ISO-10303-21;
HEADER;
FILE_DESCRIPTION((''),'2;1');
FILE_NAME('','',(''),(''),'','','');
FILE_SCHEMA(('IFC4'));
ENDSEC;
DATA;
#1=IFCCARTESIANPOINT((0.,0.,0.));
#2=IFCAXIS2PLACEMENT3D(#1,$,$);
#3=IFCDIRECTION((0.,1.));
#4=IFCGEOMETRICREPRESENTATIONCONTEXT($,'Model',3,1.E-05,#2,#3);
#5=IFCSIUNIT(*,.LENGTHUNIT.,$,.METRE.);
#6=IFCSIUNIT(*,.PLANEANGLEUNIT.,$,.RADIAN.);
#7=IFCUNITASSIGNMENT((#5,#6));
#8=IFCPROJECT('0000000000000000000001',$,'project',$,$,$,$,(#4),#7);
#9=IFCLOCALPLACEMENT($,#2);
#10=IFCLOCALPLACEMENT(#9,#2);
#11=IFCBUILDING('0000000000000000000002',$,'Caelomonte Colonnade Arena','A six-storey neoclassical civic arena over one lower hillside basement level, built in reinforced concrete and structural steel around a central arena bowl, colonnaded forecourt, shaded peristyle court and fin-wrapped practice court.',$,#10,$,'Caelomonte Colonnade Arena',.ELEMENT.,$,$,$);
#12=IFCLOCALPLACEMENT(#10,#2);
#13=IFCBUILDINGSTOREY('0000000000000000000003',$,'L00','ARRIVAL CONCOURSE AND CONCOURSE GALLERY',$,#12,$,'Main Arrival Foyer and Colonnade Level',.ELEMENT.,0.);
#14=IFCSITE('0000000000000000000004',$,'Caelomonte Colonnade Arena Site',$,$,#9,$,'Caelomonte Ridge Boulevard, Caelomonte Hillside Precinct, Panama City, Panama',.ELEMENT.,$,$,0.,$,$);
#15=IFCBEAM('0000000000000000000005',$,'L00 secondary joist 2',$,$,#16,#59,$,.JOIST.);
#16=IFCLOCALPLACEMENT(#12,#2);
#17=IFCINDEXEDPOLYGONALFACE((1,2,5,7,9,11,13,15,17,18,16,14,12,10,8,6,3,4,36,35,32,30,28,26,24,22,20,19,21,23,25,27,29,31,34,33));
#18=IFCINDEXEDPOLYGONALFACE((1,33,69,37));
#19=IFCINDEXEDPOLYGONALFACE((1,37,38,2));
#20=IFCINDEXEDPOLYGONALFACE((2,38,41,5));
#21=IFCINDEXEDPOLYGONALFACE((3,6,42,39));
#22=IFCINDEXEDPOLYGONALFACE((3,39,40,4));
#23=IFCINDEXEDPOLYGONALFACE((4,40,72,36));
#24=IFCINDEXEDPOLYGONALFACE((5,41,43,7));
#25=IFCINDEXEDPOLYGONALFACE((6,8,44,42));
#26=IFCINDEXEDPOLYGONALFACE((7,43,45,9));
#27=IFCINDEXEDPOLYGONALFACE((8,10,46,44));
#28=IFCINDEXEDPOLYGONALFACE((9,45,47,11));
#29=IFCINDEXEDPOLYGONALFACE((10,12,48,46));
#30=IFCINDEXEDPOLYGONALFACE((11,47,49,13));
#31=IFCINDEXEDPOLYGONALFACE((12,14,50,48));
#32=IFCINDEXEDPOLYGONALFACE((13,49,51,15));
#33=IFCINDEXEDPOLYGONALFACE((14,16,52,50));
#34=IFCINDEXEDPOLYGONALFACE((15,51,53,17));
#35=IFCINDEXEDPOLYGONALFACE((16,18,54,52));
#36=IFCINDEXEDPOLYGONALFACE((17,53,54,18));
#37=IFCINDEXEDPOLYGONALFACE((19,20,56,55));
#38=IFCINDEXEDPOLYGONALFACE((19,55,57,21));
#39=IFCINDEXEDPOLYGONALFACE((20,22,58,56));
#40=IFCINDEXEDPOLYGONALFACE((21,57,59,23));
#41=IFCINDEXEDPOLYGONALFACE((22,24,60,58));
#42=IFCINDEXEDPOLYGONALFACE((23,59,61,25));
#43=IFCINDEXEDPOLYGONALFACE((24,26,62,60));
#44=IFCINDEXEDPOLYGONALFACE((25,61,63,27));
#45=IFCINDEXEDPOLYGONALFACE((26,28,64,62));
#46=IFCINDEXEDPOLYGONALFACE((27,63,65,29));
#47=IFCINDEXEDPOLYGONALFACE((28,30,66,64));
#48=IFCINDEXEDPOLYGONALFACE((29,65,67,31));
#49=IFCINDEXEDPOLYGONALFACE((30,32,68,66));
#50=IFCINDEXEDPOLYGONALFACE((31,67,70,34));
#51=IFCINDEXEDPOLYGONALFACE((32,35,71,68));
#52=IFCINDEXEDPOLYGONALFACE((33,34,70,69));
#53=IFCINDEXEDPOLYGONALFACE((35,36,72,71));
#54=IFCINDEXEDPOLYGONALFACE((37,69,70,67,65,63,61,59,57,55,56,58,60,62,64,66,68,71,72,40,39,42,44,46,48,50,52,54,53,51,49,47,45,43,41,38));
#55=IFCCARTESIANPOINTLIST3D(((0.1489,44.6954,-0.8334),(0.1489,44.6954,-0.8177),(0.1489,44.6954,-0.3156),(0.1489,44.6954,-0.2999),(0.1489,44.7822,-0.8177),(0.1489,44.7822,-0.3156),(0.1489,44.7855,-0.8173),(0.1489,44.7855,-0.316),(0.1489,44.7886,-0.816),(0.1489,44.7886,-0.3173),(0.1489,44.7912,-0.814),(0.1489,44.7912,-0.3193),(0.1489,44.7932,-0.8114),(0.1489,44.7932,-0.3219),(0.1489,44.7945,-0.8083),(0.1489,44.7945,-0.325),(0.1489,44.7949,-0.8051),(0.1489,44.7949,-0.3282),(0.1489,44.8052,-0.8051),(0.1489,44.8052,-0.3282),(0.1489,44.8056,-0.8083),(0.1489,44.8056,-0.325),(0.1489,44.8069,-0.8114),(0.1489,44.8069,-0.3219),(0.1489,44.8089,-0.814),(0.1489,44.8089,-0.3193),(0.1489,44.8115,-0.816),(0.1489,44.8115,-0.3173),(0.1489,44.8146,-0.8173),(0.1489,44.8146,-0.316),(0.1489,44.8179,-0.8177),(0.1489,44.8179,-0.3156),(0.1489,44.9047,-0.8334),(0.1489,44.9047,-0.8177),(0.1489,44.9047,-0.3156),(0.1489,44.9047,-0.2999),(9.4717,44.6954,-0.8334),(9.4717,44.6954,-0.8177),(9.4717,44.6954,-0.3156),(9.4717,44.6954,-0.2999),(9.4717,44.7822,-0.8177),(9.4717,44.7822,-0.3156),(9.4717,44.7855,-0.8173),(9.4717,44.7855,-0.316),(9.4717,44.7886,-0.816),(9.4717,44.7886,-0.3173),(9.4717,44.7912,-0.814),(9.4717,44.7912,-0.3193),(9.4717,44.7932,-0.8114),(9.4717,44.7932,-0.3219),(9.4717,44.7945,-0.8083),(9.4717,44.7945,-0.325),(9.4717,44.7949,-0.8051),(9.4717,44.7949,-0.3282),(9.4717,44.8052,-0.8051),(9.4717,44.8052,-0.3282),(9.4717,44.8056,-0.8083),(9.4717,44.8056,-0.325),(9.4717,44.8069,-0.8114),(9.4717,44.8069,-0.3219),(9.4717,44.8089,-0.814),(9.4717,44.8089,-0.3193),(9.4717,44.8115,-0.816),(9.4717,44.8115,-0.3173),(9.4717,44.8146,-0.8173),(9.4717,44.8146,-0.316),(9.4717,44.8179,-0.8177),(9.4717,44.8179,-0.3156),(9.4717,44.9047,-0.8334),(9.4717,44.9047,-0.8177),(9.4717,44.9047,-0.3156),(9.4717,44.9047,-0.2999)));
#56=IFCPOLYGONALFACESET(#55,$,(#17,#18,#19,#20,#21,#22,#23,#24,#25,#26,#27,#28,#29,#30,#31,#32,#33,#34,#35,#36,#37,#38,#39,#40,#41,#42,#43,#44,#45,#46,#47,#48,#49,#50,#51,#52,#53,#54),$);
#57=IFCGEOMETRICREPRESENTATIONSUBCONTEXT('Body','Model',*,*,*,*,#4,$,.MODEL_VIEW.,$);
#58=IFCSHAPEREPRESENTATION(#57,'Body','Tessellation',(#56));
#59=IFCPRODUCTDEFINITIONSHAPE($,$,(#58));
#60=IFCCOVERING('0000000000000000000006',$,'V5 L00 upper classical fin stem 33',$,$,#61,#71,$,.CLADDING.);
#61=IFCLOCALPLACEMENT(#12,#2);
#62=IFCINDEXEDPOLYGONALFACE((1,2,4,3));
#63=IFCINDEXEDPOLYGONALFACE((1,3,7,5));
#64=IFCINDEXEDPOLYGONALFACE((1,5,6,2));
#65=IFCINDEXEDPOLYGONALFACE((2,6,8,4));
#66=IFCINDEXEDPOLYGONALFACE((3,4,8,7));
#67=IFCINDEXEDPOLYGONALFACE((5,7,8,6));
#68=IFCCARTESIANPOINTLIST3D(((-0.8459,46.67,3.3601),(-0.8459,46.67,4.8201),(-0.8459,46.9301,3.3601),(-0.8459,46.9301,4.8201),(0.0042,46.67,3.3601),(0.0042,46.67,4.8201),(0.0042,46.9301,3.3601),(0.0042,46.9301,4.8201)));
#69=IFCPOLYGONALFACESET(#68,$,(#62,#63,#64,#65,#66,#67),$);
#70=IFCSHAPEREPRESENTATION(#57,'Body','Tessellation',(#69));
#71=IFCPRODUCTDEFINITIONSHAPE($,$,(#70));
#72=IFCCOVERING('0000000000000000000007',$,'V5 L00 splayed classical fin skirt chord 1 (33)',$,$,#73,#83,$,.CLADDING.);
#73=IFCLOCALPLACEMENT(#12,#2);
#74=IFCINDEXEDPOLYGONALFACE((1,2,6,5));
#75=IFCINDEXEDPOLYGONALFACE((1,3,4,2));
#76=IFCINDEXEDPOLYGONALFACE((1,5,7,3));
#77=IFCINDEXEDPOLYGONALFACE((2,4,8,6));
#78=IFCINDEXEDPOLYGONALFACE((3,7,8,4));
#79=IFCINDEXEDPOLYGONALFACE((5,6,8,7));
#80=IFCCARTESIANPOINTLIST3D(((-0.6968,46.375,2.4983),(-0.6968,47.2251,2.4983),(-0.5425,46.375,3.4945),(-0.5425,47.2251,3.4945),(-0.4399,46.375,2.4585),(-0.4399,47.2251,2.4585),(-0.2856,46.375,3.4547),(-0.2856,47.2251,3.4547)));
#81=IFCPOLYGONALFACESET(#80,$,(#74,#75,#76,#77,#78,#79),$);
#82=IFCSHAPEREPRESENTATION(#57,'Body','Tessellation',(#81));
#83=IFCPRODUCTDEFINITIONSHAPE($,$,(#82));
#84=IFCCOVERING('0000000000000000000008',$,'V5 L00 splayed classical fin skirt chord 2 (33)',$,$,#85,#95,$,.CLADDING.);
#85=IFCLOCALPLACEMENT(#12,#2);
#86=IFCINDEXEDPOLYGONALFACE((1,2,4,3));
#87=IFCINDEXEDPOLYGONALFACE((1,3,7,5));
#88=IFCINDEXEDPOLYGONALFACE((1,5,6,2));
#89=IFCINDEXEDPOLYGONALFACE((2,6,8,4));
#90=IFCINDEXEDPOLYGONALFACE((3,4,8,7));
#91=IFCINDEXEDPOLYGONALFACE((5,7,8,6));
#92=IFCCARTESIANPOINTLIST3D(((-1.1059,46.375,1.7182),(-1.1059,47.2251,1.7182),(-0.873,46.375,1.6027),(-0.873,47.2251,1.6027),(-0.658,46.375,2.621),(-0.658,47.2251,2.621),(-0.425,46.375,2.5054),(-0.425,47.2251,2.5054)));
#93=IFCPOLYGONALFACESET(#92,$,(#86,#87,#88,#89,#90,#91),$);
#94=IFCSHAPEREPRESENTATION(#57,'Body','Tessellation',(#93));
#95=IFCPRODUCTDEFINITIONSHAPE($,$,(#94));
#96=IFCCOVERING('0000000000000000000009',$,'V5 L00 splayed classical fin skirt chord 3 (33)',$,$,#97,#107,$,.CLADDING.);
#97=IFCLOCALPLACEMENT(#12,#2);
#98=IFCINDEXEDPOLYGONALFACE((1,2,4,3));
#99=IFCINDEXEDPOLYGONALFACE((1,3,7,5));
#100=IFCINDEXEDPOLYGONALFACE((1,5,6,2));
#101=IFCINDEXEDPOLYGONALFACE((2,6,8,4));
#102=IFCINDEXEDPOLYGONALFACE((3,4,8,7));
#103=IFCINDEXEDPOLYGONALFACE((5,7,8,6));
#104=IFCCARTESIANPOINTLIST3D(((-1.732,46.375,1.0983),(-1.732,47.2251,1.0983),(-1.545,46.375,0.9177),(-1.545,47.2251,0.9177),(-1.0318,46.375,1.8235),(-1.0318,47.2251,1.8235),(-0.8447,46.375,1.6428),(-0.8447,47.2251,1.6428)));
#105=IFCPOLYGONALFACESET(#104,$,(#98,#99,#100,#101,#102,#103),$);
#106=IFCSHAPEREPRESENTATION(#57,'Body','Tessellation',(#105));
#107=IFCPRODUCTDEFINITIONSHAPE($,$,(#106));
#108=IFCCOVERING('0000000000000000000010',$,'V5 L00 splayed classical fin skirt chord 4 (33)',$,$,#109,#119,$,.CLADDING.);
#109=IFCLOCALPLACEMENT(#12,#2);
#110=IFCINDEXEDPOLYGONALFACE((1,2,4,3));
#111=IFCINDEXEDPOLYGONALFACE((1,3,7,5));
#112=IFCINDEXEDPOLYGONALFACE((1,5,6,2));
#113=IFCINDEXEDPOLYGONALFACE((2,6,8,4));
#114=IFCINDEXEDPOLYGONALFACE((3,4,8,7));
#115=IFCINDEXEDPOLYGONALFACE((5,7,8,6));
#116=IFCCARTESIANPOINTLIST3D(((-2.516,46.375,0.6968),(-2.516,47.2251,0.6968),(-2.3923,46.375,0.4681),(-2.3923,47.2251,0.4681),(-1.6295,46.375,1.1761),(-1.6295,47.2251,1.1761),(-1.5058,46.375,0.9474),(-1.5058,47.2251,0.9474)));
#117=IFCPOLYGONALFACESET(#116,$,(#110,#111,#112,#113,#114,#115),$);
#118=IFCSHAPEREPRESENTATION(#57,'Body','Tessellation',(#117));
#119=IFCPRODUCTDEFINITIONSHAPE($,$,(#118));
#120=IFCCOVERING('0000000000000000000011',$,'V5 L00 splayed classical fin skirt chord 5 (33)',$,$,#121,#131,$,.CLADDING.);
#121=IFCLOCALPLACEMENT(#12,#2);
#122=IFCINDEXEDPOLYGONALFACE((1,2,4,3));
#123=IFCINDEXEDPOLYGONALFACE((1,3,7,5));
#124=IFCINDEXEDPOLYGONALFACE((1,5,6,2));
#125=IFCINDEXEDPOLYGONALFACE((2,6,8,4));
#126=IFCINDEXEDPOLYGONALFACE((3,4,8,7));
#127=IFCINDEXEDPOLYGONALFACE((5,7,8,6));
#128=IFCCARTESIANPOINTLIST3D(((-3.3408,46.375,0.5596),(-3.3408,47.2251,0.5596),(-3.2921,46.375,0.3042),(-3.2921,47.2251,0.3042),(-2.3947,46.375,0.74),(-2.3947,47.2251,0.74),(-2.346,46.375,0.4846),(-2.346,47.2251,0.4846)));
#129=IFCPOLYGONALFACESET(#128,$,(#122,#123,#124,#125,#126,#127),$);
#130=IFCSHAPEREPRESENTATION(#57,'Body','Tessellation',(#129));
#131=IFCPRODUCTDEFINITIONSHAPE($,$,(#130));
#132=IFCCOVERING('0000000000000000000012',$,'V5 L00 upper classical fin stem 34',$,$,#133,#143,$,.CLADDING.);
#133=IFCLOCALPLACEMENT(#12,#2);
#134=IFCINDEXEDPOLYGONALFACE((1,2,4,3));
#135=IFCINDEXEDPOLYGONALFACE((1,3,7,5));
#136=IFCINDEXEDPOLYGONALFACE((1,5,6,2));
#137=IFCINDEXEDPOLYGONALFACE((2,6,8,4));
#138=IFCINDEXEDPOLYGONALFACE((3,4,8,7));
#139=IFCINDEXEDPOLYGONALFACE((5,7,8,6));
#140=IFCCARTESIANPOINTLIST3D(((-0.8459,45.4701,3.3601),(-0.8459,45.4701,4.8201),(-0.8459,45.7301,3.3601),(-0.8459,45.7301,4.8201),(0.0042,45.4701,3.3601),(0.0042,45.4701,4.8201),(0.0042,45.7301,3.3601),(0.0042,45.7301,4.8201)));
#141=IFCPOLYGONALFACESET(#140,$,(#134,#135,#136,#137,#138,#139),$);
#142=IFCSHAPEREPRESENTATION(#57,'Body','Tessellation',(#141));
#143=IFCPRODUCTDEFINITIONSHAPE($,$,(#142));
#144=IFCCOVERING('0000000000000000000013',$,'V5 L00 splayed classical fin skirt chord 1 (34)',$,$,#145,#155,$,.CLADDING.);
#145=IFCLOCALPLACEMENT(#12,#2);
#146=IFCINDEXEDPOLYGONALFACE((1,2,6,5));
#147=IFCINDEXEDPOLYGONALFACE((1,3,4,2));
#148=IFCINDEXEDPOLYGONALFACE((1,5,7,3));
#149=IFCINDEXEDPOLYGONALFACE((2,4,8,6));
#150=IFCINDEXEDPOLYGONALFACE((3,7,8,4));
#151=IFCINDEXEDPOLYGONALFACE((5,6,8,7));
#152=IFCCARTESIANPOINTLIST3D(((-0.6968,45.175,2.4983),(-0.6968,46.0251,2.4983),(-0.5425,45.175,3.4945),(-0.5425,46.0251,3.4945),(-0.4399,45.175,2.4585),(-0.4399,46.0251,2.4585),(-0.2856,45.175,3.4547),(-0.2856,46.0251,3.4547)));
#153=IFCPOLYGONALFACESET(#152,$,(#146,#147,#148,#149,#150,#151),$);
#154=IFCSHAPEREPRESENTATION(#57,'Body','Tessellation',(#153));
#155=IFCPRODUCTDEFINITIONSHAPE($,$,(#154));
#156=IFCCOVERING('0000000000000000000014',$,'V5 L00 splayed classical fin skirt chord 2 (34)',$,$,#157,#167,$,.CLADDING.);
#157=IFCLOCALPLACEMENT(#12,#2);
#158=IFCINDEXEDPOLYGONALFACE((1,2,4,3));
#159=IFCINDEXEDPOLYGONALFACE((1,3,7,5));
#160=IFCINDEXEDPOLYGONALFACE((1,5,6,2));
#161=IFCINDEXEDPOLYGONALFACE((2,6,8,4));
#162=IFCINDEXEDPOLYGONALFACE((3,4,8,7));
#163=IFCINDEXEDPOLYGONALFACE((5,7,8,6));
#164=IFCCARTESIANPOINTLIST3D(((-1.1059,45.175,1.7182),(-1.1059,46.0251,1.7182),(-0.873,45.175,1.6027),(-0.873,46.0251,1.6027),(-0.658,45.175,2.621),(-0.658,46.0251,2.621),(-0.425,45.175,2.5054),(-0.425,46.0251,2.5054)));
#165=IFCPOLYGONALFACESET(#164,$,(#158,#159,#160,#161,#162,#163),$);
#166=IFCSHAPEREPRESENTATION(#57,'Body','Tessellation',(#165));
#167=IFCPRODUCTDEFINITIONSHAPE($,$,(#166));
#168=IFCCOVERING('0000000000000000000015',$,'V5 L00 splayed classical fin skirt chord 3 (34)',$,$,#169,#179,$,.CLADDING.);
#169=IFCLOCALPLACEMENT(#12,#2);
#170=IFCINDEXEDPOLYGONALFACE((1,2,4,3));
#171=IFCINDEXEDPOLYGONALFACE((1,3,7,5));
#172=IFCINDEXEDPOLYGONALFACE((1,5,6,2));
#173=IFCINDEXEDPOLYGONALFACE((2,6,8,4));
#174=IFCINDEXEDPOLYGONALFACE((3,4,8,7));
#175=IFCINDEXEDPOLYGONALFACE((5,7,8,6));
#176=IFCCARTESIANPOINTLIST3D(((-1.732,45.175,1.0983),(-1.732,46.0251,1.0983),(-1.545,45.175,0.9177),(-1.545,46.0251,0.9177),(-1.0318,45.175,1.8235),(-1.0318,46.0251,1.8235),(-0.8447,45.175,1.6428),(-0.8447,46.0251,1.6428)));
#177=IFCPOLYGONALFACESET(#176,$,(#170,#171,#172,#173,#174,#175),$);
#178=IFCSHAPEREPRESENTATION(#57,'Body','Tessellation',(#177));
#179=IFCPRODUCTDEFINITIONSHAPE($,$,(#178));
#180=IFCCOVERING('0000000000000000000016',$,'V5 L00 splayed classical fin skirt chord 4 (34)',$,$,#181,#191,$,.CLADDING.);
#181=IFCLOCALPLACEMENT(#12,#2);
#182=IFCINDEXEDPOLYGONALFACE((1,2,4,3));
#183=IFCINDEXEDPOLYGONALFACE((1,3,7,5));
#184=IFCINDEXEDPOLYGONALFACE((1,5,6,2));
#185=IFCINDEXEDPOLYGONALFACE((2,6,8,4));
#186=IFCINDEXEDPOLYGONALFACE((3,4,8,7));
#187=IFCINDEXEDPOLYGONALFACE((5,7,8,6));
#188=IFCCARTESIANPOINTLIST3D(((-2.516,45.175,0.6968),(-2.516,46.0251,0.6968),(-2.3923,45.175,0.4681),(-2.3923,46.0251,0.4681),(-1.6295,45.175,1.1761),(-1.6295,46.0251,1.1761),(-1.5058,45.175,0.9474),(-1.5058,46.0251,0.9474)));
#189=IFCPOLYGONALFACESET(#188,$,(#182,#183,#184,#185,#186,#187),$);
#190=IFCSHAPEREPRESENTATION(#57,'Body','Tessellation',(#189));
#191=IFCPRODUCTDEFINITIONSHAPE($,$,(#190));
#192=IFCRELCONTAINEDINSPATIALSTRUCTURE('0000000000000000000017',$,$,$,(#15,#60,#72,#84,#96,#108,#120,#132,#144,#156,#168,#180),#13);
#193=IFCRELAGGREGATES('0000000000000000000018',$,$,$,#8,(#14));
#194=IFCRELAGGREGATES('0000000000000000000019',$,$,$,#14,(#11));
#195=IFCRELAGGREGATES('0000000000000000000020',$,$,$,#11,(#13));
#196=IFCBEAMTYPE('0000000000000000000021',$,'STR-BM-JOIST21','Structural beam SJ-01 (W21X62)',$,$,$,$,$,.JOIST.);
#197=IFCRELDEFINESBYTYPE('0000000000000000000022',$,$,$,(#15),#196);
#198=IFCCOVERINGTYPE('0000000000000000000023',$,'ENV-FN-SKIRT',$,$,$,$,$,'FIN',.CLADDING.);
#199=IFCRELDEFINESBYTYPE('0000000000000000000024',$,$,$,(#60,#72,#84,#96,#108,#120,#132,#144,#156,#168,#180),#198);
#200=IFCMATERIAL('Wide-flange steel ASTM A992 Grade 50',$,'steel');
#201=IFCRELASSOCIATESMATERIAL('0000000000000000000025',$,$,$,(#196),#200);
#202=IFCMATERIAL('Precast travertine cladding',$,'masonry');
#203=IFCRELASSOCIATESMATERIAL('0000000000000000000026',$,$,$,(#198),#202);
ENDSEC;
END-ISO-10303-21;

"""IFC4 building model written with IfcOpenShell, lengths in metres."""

from ifc_helpers import new_model, si_unit, direction, frame, origin, origin_2d, place, context, subcontext, project, spatial, rectangle, i_section, extrude, material, material_profile, profile_set, type_object, element, save


model = new_model("IFC4")

# Units and contexts
model_context = context("Model", 3, precision=1e-05, world=origin(), true_north=direction((0.0, 1.0)))
body_context = subcontext(model_context, "Body", "Model", "MODEL_VIEW")
ifc_project = project(units=[si_unit("LENGTHUNIT", "METRE"), si_unit("PLANEANGLEUNIT", "RADIAN")], contexts=[model_context])

# Site, building, storey
site_placement = place(None, origin())
site = spatial("IfcSite", under=ifc_project, at=site_placement, Name="Caelomonte Colonnade Arena Site", LongName="Caelomonte Ridge Boulevard, Caelomonte Hillside Precinct, Panama City, Panama", CompositionType="ELEMENT", RefElevation=0.0)
building_placement = place(site_placement, origin())
building = spatial("IfcBuilding", under=site, at=building_placement, Name="Caelomonte Colonnade Arena", Description="A six-storey neoclassical civic arena over one lower hillside basement level, built in reinforced concrete and structural steel around a central arena bowl, colonnaded forecourt, shaded peristyle court and fin-wrapped practice court.", LongName="Caelomonte Colonnade Arena", CompositionType="ELEMENT")
storey_placement = place(building_placement, origin())
storey = spatial("IfcBuildingStorey", under=building, at=storey_placement, Name="L00", Description="ARRIVAL CONCOURSE AND CONCOURSE GALLERY", LongName="Main Arrival Foyer and Colonnade Level", CompositionType="ELEMENT", Elevation=0.0)

# Beam
ifc_material_1 = material(Name="Wide-flange steel ASTM A992 Grade 50", Category="steel")
ifc_material_profile_1 = material_profile(ifc_material_1, i_section(OverallWidth=0.2092, OverallDepth=0.5334, WebThickness=0.0103, FlangeThickness=0.0156, FilletRadius=0.0127, at=origin_2d()), Name="W21X62")
ifc_profile_set_1 = profile_set([ifc_material_profile_1], Name="Wide-flange steel ASTM A992 Grade 50")
beam_type = type_object("IfcBeamType", Name="STR-BM-JOIST21", Description="Structural beam SJ-01 (W21X62)", PredefinedType="JOIST", material=ifc_profile_set_1)
beam_placement = place(storey_placement, frame((0.1489, 44.8, -0.5667), z_axis=(1.0, 0.0, 0.0), x_axis=(0.0, 1.0, 0.0)))
element("IfcBeam", 1, at=beam_placement, inside=storey, type_object=beam_type, Name="L00 secondary joist 2", PredefinedType="JOIST", context=body_context, shape_type="SweptSolid", body=[
    extrude(i_section(OverallWidth=0.2092, OverallDepth=0.5334, WebThickness=0.0103, FlangeThickness=0.0156, FilletRadius=0.0127, at=origin_2d()), origin(), (0.0, 0.0, 1.0), 9.3228),
])

# Coverings
ifc_material_2 = material(Name="Precast travertine cladding", Category="masonry")
ifc_material_profile_2 = material_profile(ifc_material_2, rectangle(XDim=0.26, YDim=0.8501, at=origin_2d()), Name="FIN260X850")
ifc_profile_set_2 = profile_set([ifc_material_profile_2], Name="Precast travertine cladding")
covering_type = type_object("IfcCoveringType", Name="ENV-FN-SKIRT", ElementType="FIN", PredefinedType="CLADDING", material=ifc_profile_set_2)
covering_1_placement = place(storey_placement, frame((-0.4209, 46.8, 3.3601), z_axis=(0.0, 0.0, 1.0), x_axis=(0.0, 1.0, 0.0)))
element("IfcCovering", 2, at=covering_1_placement, inside=storey, type_object=covering_type, Name="V5 L00 upper classical fin stem 33", PredefinedType="CLADDING", context=body_context, shape_type="SweptSolid", body=[
    extrude(rectangle(XDim=0.26, YDim=0.8501, at=origin_2d()), origin(), (0.0, 0.0, 1.0), 1.46),
])
covering_2_placement = place(storey_placement, frame((-0.4141, 46.8, 3.4746), z_axis=(-0.153076, 0.0, -0.988214), x_axis=(-0.988214, 0.0, 0.153076)))
element("IfcCovering", 3, at=covering_2_placement, inside=storey, type_object=covering_type, Name="V5 L00 splayed classical fin skirt chord 1 (33)", PredefinedType="CLADDING", context=body_context, shape_type="SweptSolid", body=[
    extrude(rectangle(XDim=0.26, YDim=0.8501, at=origin_2d()), origin(), (0.0, 0.0, 1.0), 1.0081),
])
covering_3_placement = place(storey_placement, frame((-0.5415, 46.8, 2.5632), z_axis=(-0.444499, 0.0, -0.89578), x_axis=(-0.89578, 0.0, 0.444499)))
element("IfcCovering", 4, at=covering_3_placement, inside=storey, type_object=covering_type, Name="V5 L00 splayed classical fin skirt chord 2 (33)", PredefinedType="CLADDING", context=body_context, shape_type="SweptSolid", body=[
    extrude(rectangle(XDim=0.26, YDim=0.8501, at=origin_2d()), origin(), (0.0, 0.0, 1.0), 1.0078),
])
covering_4_placement = place(storey_placement, frame((-0.9382, 46.8, 1.7332), z_axis=(-0.694646, 0.0, -0.719351), x_axis=(-0.719351, 0.0, 0.694646)))
element("IfcCovering", 5, at=covering_4_placement, inside=storey, type_object=covering_type, Name="V5 L00 splayed classical fin skirt chord 3 (33)", PredefinedType="CLADDING", context=body_context, shape_type="SweptSolid", body=[
    extrude(rectangle(XDim=0.26, YDim=0.8501, at=origin_2d()), origin(), (0.0, 0.0, 1.0), 1.0081),
])
covering_5_placement = place(storey_placement, frame((-1.5676, 46.8, 1.0618), z_axis=(-0.879676, 0.0, -0.475573), x_axis=(-0.475573, 0.0, 0.879676)))
element("IfcCovering", 6, at=covering_5_placement, inside=storey, type_object=covering_type, Name="V5 L00 splayed classical fin skirt chord 4 (33)", PredefinedType="CLADDING", context=body_context, shape_type="SweptSolid", body=[
    extrude(rectangle(XDim=0.26, YDim=0.8501, at=origin_2d()), origin(), (0.0, 0.0, 1.0), 1.0078),
])
covering_6_placement = place(storey_placement, frame((-2.3704, 46.8, 0.6123), z_axis=(-0.982296, 0.0, -0.187333), x_axis=(-0.187333, 0.0, 0.982296)))
element("IfcCovering", 7, at=covering_6_placement, inside=storey, type_object=covering_type, Name="V5 L00 splayed classical fin skirt chord 5 (33)", PredefinedType="CLADDING", context=body_context, shape_type="SweptSolid", body=[
    extrude(rectangle(XDim=0.26, YDim=0.8501, at=origin_2d()), origin(), (0.0, 0.0, 1.0), 0.9631),
])
covering_7_placement = place(storey_placement, frame((-0.4209, 45.6001, 3.3601), z_axis=(0.0, 0.0, 1.0), x_axis=(0.0, 1.0, 0.0)))
element("IfcCovering", 8, at=covering_7_placement, inside=storey, type_object=covering_type, Name="V5 L00 upper classical fin stem 34", PredefinedType="CLADDING", context=body_context, shape_type="SweptSolid", body=[
    extrude(rectangle(XDim=0.26, YDim=0.8501, at=origin_2d()), origin(), (0.0, 0.0, 1.0), 1.46),
])
covering_8_placement = place(storey_placement, frame((-0.4141, 45.6001, 3.4746), z_axis=(-0.153076, 0.0, -0.988214), x_axis=(-0.988214, 0.0, 0.153076)))
element("IfcCovering", 9, at=covering_8_placement, inside=storey, type_object=covering_type, Name="V5 L00 splayed classical fin skirt chord 1 (34)", PredefinedType="CLADDING", context=body_context, shape_type="SweptSolid", body=[
    extrude(rectangle(XDim=0.26, YDim=0.8501, at=origin_2d()), origin(), (0.0, 0.0, 1.0), 1.0081),
])
covering_9_placement = place(storey_placement, frame((-0.5415, 45.6001, 2.5632), z_axis=(-0.444499, 0.0, -0.89578), x_axis=(-0.89578, 0.0, 0.444499)))
element("IfcCovering", 10, at=covering_9_placement, inside=storey, type_object=covering_type, Name="V5 L00 splayed classical fin skirt chord 2 (34)", PredefinedType="CLADDING", context=body_context, shape_type="SweptSolid", body=[
    extrude(rectangle(XDim=0.26, YDim=0.8501, at=origin_2d()), origin(), (0.0, 0.0, 1.0), 1.0078),
])
covering_10_placement = place(storey_placement, frame((-0.9382, 45.6001, 1.7332), z_axis=(-0.694646, 0.0, -0.719351), x_axis=(-0.719351, 0.0, 0.694646)))
element("IfcCovering", 11, at=covering_10_placement, inside=storey, type_object=covering_type, Name="V5 L00 splayed classical fin skirt chord 3 (34)", PredefinedType="CLADDING", context=body_context, shape_type="SweptSolid", body=[
    extrude(rectangle(XDim=0.26, YDim=0.8501, at=origin_2d()), origin(), (0.0, 0.0, 1.0), 1.0081),
])
covering_11_placement = place(storey_placement, frame((-1.5676, 45.6001, 1.0618), z_axis=(-0.879676, 0.0, -0.475573), x_axis=(-0.475573, 0.0, 0.879676)))
element("IfcCovering", 12, at=covering_11_placement, inside=storey, type_object=covering_type, Name="V5 L00 splayed classical fin skirt chord 4 (34)", PredefinedType="CLADDING", context=body_context, shape_type="SweptSolid", body=[
    extrude(rectangle(XDim=0.26, YDim=0.8501, at=origin_2d()), origin(), (0.0, 0.0, 1.0), 1.0078),
])

save(model, "model.ifc")
